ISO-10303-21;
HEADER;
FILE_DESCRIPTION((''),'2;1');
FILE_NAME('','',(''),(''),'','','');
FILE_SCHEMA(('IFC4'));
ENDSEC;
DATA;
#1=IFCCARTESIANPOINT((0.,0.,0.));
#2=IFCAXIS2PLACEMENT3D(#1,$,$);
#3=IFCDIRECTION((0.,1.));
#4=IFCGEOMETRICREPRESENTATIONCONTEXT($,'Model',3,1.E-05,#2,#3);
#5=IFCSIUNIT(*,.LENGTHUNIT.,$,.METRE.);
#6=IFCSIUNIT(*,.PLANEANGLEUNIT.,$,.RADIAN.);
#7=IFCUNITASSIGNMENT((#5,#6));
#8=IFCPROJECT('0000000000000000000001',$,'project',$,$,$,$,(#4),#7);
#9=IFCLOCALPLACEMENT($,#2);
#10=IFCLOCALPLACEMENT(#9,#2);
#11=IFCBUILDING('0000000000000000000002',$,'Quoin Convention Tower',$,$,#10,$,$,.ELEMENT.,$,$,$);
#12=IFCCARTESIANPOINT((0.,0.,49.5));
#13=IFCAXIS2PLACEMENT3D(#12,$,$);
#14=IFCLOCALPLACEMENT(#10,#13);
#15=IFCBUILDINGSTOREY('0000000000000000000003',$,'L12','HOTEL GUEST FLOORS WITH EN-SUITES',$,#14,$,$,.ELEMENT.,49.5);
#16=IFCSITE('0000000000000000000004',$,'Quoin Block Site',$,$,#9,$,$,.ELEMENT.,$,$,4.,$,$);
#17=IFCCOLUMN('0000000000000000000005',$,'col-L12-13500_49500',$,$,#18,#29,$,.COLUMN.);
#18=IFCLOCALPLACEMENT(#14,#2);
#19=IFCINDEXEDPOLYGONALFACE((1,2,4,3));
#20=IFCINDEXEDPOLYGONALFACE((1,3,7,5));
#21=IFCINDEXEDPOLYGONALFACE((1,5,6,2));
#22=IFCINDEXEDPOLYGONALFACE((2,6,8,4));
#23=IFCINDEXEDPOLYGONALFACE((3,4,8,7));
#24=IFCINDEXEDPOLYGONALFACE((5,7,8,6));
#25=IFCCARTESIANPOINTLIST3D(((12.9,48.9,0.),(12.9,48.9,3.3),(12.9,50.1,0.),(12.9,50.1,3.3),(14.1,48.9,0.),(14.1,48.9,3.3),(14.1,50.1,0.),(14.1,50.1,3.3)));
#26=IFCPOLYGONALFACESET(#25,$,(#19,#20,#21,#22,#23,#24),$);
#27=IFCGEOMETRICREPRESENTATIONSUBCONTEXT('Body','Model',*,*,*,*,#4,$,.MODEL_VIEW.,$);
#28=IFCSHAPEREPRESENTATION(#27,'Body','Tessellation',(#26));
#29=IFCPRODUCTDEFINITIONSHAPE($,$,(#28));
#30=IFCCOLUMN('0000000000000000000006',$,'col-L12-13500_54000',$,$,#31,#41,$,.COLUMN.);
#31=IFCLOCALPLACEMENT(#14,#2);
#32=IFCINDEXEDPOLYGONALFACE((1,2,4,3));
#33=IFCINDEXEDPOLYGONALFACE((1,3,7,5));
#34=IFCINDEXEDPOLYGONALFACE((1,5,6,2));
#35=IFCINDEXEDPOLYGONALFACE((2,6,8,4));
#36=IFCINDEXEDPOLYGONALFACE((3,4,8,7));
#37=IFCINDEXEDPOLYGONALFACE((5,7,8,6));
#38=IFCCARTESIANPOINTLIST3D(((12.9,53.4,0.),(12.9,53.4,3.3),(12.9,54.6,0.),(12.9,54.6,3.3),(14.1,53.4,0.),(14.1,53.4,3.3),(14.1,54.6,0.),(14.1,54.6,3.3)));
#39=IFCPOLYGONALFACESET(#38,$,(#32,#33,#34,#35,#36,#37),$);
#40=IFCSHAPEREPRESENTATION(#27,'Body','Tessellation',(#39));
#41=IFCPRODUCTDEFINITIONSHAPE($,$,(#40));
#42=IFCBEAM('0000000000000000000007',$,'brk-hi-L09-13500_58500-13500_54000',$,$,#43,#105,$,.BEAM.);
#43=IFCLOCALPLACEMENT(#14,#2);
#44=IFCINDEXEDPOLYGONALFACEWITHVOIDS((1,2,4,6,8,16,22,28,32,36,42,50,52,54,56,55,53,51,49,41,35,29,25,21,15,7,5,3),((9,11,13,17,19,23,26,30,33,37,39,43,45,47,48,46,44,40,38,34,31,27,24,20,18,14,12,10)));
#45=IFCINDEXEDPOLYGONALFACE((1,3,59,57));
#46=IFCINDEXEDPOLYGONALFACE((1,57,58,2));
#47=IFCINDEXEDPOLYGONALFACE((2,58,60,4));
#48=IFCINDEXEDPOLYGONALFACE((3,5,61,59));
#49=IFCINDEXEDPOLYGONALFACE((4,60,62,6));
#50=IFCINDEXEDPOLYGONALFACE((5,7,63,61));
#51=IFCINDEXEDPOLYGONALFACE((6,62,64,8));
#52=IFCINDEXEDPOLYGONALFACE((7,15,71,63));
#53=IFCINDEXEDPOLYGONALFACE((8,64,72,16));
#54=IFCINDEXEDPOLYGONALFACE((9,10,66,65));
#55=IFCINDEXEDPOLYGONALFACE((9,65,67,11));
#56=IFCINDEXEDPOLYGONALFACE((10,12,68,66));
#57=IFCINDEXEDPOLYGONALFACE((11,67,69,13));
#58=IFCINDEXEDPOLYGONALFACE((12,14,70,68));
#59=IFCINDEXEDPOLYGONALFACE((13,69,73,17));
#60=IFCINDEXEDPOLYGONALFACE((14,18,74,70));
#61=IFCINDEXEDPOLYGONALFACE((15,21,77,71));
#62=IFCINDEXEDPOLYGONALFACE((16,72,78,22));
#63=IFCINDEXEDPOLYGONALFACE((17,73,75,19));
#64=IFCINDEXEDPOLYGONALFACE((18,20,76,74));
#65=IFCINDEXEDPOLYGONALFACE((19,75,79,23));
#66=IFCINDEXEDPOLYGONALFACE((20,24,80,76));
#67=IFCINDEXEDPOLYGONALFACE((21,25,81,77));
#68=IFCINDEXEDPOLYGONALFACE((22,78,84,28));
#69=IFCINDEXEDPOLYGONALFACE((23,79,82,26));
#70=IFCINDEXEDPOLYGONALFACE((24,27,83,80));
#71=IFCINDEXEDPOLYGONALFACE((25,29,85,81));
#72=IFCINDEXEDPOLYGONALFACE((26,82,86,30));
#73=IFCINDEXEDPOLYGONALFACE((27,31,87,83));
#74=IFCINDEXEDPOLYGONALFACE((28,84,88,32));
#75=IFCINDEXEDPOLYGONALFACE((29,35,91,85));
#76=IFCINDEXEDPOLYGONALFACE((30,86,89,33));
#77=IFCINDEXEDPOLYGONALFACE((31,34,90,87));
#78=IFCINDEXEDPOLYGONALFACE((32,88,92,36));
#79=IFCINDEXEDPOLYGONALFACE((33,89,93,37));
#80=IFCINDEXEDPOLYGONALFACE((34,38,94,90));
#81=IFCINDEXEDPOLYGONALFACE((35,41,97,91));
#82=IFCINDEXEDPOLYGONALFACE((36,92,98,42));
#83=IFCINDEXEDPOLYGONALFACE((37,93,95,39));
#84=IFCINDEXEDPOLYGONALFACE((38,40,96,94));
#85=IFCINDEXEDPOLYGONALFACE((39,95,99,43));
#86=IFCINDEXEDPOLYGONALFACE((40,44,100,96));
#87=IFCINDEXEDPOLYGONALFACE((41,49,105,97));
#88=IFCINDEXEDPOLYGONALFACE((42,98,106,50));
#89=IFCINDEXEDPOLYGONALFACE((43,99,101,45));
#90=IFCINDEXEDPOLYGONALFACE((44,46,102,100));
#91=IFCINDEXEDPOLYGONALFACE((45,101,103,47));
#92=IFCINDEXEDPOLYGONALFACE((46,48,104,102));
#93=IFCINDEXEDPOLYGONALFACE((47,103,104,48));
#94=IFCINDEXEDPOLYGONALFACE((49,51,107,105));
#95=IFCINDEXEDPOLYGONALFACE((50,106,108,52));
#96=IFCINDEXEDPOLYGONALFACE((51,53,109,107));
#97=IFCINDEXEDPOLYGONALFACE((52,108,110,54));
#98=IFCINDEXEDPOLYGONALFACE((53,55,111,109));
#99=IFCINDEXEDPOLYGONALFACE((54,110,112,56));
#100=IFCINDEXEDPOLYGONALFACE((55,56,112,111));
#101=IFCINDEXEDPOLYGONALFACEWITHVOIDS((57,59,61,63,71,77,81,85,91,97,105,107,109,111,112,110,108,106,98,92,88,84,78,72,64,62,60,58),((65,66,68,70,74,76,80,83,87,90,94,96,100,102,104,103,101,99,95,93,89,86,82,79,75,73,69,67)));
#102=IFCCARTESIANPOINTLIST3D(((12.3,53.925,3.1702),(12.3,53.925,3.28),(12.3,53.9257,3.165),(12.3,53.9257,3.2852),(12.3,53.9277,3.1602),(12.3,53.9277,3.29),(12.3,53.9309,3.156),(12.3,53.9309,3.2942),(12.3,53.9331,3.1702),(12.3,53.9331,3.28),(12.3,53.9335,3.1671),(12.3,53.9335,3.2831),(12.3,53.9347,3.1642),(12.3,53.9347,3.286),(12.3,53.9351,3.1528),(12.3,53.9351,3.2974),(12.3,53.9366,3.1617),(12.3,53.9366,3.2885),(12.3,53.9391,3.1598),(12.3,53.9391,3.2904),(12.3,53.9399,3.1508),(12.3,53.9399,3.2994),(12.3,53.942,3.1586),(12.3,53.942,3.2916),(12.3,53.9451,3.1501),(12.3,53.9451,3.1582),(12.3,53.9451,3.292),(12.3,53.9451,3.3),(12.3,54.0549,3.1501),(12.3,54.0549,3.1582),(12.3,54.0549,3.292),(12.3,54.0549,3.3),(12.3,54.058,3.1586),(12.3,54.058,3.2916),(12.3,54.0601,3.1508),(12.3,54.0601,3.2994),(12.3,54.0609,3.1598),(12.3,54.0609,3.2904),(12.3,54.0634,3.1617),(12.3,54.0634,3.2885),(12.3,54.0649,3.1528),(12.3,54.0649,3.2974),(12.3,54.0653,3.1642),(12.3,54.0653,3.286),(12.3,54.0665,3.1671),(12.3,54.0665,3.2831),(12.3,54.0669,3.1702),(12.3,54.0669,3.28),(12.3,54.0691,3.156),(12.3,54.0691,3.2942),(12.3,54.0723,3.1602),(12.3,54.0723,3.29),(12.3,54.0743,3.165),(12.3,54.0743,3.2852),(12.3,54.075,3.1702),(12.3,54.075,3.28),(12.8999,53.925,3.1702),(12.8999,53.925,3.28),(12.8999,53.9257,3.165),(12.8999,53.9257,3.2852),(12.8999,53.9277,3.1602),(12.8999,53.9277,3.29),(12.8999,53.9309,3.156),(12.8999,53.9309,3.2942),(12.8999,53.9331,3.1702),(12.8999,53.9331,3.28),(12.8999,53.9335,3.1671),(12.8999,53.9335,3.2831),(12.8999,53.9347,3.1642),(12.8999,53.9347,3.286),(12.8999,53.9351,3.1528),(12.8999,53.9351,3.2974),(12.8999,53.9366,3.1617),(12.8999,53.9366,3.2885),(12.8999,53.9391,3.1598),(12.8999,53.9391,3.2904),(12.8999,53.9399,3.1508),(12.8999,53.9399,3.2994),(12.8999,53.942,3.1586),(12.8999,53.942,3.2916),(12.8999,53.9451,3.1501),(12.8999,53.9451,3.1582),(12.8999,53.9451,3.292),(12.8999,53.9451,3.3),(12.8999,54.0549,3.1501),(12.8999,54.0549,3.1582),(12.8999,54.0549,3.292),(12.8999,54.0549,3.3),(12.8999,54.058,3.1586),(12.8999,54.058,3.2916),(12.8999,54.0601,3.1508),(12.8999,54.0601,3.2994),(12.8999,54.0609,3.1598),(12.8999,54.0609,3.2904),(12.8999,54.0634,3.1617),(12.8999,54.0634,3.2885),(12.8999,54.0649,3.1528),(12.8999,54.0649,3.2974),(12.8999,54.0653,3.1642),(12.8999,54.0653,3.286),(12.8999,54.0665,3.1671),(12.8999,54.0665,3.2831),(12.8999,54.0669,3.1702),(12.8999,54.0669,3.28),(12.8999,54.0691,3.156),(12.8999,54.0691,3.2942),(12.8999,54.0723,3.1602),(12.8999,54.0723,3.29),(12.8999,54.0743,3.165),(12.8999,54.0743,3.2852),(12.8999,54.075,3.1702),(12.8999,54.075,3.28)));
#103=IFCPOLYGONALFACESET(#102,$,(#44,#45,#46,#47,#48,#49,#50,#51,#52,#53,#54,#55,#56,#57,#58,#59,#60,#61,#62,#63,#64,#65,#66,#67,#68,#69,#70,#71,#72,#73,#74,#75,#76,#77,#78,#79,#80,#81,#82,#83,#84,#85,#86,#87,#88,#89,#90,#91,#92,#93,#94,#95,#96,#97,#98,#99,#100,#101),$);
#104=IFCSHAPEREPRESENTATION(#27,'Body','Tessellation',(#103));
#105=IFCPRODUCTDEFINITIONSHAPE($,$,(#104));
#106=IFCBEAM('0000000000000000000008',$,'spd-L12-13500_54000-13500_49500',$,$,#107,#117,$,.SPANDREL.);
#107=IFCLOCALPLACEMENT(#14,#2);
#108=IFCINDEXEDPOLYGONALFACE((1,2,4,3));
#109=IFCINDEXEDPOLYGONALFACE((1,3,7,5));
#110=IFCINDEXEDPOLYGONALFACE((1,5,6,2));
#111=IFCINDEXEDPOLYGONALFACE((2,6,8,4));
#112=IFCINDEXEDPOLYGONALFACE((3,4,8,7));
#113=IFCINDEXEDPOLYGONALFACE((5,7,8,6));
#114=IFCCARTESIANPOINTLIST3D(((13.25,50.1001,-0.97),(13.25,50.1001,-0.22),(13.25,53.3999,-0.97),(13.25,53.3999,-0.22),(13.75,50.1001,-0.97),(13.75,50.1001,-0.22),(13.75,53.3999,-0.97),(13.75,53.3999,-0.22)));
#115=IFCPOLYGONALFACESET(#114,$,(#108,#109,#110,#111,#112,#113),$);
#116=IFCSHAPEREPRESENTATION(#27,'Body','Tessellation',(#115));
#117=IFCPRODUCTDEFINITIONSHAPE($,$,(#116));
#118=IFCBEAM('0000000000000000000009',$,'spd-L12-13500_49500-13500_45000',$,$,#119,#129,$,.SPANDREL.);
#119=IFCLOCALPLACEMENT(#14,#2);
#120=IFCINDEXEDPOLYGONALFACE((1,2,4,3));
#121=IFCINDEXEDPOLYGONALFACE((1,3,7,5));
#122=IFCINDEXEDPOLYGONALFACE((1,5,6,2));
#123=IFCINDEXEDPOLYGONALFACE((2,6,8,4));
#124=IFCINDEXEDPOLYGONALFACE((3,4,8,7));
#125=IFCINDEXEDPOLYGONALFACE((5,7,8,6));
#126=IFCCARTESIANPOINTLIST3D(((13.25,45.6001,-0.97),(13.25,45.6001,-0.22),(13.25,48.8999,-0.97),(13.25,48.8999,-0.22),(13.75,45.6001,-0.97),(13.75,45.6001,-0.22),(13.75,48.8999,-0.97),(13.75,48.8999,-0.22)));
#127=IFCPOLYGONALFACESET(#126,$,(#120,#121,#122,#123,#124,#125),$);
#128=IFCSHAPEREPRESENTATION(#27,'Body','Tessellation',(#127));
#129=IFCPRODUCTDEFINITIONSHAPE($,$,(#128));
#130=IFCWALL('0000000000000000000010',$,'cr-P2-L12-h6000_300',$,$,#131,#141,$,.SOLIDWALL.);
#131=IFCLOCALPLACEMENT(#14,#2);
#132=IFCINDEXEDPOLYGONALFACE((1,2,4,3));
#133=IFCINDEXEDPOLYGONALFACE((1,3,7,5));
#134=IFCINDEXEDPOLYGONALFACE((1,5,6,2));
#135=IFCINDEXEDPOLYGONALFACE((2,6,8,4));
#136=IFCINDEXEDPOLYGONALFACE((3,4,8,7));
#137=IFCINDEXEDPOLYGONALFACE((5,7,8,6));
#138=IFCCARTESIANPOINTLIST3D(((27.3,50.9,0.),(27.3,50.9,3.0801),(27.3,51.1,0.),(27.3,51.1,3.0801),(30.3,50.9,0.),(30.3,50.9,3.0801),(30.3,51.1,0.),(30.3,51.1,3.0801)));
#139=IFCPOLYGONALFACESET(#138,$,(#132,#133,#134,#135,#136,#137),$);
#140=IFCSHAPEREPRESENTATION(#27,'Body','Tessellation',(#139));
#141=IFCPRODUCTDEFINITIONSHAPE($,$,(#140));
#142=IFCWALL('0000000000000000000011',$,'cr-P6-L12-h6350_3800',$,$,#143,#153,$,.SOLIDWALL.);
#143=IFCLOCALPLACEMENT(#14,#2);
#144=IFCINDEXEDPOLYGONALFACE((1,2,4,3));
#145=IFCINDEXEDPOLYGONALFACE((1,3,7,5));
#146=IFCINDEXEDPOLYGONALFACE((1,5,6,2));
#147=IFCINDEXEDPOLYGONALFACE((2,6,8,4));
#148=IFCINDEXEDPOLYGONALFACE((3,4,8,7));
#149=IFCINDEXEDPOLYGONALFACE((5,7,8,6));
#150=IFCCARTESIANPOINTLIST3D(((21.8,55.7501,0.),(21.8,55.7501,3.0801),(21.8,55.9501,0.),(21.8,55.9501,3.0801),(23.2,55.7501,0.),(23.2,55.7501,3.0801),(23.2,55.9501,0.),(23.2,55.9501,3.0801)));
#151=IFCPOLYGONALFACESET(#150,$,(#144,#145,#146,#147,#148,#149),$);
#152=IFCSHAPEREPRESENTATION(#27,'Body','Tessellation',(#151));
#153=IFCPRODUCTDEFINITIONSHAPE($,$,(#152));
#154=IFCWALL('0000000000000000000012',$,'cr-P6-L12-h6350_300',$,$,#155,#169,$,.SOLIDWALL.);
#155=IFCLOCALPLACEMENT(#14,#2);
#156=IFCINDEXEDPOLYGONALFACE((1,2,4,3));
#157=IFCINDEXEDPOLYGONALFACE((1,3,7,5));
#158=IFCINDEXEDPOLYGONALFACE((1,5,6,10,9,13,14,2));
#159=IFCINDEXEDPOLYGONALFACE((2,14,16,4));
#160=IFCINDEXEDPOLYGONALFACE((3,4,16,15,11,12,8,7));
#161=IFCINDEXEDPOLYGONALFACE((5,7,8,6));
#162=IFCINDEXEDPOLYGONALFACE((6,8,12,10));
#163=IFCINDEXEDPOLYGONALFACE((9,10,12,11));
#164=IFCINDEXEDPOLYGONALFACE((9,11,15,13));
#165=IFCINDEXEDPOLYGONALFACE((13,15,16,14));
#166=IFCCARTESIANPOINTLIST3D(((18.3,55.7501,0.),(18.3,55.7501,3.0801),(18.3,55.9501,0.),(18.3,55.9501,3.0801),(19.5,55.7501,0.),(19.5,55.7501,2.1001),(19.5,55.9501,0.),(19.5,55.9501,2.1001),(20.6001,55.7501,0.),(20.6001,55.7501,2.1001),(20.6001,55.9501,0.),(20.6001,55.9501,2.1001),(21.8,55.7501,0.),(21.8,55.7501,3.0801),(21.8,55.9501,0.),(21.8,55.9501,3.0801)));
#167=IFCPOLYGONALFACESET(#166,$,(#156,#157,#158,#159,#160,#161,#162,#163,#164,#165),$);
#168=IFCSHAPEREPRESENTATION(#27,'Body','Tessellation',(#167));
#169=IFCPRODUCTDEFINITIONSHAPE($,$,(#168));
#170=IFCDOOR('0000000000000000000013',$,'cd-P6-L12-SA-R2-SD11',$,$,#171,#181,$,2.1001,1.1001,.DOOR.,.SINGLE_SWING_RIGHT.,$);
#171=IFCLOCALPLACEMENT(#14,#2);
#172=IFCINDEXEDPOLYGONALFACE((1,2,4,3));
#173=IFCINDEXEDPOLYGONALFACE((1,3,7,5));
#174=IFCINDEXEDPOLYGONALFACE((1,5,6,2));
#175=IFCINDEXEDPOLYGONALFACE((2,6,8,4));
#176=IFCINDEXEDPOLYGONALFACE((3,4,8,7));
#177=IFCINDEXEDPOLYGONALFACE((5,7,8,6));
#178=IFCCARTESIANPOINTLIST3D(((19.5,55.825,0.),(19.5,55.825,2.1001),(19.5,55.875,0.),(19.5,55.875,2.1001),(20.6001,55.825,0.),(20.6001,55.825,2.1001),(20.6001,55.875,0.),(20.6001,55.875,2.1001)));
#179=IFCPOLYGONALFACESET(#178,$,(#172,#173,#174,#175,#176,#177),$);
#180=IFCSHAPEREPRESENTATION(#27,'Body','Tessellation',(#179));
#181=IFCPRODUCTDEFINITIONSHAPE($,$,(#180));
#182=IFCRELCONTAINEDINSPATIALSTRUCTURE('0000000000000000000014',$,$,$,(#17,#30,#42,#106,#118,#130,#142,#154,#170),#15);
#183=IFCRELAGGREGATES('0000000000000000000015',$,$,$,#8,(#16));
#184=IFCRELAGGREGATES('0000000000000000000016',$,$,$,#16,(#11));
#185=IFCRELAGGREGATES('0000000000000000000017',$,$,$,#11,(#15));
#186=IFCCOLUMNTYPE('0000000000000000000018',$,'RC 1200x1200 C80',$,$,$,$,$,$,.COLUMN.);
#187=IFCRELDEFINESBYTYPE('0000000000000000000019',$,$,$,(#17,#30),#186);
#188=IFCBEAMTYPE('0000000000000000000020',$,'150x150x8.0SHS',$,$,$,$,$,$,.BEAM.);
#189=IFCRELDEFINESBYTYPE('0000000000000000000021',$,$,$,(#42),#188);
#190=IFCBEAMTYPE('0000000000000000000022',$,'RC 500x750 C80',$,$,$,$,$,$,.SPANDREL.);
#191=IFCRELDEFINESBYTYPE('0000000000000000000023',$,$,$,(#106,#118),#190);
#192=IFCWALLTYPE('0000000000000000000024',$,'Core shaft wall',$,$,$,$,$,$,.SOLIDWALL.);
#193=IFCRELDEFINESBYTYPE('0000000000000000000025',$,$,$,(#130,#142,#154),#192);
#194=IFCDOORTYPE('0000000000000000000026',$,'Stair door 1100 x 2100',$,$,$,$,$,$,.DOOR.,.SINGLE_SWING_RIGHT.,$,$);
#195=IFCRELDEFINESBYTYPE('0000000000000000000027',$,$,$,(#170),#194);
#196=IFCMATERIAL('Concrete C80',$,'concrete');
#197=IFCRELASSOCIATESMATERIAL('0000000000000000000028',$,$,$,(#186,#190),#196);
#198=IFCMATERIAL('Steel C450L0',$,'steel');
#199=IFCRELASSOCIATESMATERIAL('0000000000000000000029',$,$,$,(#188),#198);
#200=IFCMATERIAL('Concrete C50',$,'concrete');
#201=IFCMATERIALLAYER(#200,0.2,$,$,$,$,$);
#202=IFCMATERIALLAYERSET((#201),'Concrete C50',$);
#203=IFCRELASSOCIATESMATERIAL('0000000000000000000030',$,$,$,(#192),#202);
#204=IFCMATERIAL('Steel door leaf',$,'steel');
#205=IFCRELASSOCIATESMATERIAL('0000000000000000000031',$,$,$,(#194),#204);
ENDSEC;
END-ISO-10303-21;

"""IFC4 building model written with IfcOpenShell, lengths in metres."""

from ifc_helpers import new_model, si_unit, direction, frame, frame_2d, origin, origin_2d, place, context, subcontext, project, spatial, rectangle, hollow_rectangle, extrude, material, layer, layer_set, material_profile, profile_set, type_object, element, fill, save


model = new_model("IFC4")

# Units and contexts
model_context = context("Model", 3, precision=1e-05, world=origin(), true_north=direction((0.0, 1.0)))
body_context = subcontext(model_context, "Body", "Model", "MODEL_VIEW")
ifc_project = project(units=[si_unit("LENGTHUNIT", "METRE"), si_unit("PLANEANGLEUNIT", "RADIAN")], contexts=[model_context])

# Site, building, storey
site_placement = place(None, origin())
site = spatial("IfcSite", under=ifc_project, at=site_placement, Name="Quoin Block Site", CompositionType="ELEMENT", RefElevation=4.0)
building_placement = place(site_placement, origin())
building = spatial("IfcBuilding", under=site, at=building_placement, Name="Quoin Convention Tower", CompositionType="ELEMENT")
storey_placement = place(building_placement, frame((0.0, 0.0, 49.5)))
storey = spatial("IfcBuildingStorey", under=building, at=storey_placement, Name="L12", Description="HOTEL GUEST FLOORS WITH EN-SUITES", CompositionType="ELEMENT", Elevation=49.5)

# Columns
ifc_material_1 = material(Name="Concrete C80", Category="concrete")
ifc_material_profile_1 = material_profile(ifc_material_1, rectangle(XDim=1.2, YDim=1.2, at=origin_2d()), Name="RC 1200x1200")
ifc_profile_set_1 = profile_set([ifc_material_profile_1], Name="Concrete C80")
column_type = type_object("IfcColumnType", Name="RC 1200x1200 C80", PredefinedType="COLUMN", material=ifc_profile_set_1)
for number, where, z_axis, x_axis, name in (
    (1, (13.5, 49.5, 0.0), (0.0, 0.0, 1.0), (1.0, 0.0, 0.0), "col-L12-13500_49500"),
    (2, (13.5, 54.0, 0.0), (0.0, 0.0, 1.0), (1.0, 0.0, 0.0), "col-L12-13500_54000"),
):
    element("IfcColumn", number, at=place(storey_placement, frame(where, z_axis=z_axis, x_axis=x_axis)), inside=storey, type_object=column_type, Name=name, PredefinedType="COLUMN", context=body_context, shape_type="SweptSolid", body=[
        extrude(rectangle(XDim=1.2, YDim=1.2, at=origin_2d()), origin(), (0.0, 0.0, 1.0), 3.3),
    ])

# Beams
ifc_material_2 = material(Name="Steel C450L0", Category="steel")
ifc_material_profile_2 = material_profile(ifc_material_2, hollow_rectangle(XDim=0.1499, YDim=0.1499, WallThickness=0.0081, InnerFilletRadius=0.012, OuterFilletRadius=0.02, at=origin_2d()), Name="150x150x8.0SHS")
ifc_profile_set_2 = profile_set([ifc_material_profile_2], Name="Steel C450L0")
beam_type_1 = type_object("IfcBeamType", Name="150x150x8.0SHS", PredefinedType="BEAM", material=ifc_profile_set_2)
beam_placement = place(storey_placement, frame((12.8999, 54.0, 3.2251), z_axis=(-1.0, 0.0, 0.0), x_axis=(0.0, -1.0, 0.0)))
element("IfcBeam", 3, at=beam_placement, inside=storey, type_object=beam_type_1, Name="brk-hi-L09-13500_58500-13500_54000", PredefinedType="BEAM", context=body_context, shape_type="SweptSolid", body=[
    extrude(hollow_rectangle(XDim=0.1499, YDim=0.1499, WallThickness=0.0081, InnerFilletRadius=0.012, OuterFilletRadius=0.02, at=origin_2d()), origin(), (0.0, 0.0, 1.0), 0.5999),
])
ifc_material_profile_3 = material_profile(ifc_material_1, rectangle(XDim=0.5, YDim=0.75, at=origin_2d()), Name="RC 500x750")
ifc_profile_set_3 = profile_set([ifc_material_profile_3], Name="Concrete C80")
beam_type_2 = type_object("IfcBeamType", Name="RC 500x750 C80", PredefinedType="SPANDREL", material=ifc_profile_set_3)
for number, where, z_axis, x_axis, name in (
    (4, (13.5, 53.3999, -0.595), (0.0, -1.0, 0.0), (1.0, 0.0, 0.0), "spd-L12-13500_54000-13500_49500"),
    (5, (13.5, 48.8999, -0.595), (0.0, -1.0, 0.0), (1.0, 0.0, 0.0), "spd-L12-13500_49500-13500_45000"),
):
    element("IfcBeam", number, at=place(storey_placement, frame(where, z_axis=z_axis, x_axis=x_axis)), inside=storey, type_object=beam_type_2, Name=name, PredefinedType="SPANDREL", context=body_context, shape_type="SweptSolid", body=[
        extrude(rectangle(XDim=0.5, YDim=0.75, at=origin_2d()), origin(), (0.0, 0.0, 1.0), 3.2998),
    ])

# Walls
ifc_material_3 = material(Name="Concrete C50", Category="concrete")
ifc_layer_1 = layer(ifc_material_3, 0.2)
ifc_layer_set_1 = layer_set([ifc_layer_1], Name="Concrete C50")
wall_type_1 = type_object("IfcWallType", Name="Core shaft wall", PredefinedType="SOLIDWALL", material=ifc_layer_set_1)
wall_1_placement = place(storey_placement, frame((27.3, 51.0, 0.0), z_axis=(0.0, 0.0, 1.0), x_axis=(1.0, 0.0, 0.0)))
element("IfcWall", 6, at=wall_1_placement, inside=storey, type_object=wall_type_1, Name="cr-P2-L12-h6000_300", PredefinedType="SOLIDWALL", context=body_context, shape_type="SweptSolid", body=[
    extrude(rectangle(XDim=3.0, YDim=0.2, at=frame_2d((1.5, 0.0))), origin(), (0.0, 0.0, 1.0), 3.0801),
])
wall_2_placement = place(storey_placement, frame((21.8, 55.8501, 0.0), z_axis=(0.0, 0.0, 1.0), x_axis=(1.0, 0.0, 0.0)))
element("IfcWall", 7, at=wall_2_placement, inside=storey, type_object=wall_type_1, Name="cr-P6-L12-h6350_3800", PredefinedType="SOLIDWALL", context=body_context, shape_type="SweptSolid", body=[
    extrude(rectangle(XDim=1.3999, YDim=0.2, at=frame_2d((0.7, 0.0))), origin(), (0.0, 0.0, 1.0), 3.0801),
])

# Wall, opening, door
wall_3_placement = place(storey_placement, frame((18.3, 55.8501, 0.0), z_axis=(0.0, 0.0, 1.0), x_axis=(1.0, 0.0, 0.0)))
wall_3 = element("IfcWall", 8, at=wall_3_placement, inside=storey, type_object=wall_type_1, Name="cr-P6-L12-h6350_300", PredefinedType="SOLIDWALL", context=body_context, shape_type="SweptSolid", body=[
    extrude(rectangle(XDim=3.5, YDim=0.2, at=frame_2d((1.75, 0.0))), origin(), (0.0, 0.0, 1.0), 3.0801),
])
opening_1_placement = place(wall_3_placement, frame((1.2, 0.0, 0.0)))
opening_1 = element("IfcOpeningElement", 9, at=opening_1_placement, cuts=wall_3, PredefinedType="OPENING", context=body_context, shape_type="SweptSolid", body=[
    extrude(rectangle(XDim=1.1001, YDim=2.1001, at=frame_2d((0.55, 1.05))), frame((0.0, 0.1099, 0.0), z_axis=(0.0, -1.0, 0.0), x_axis=(1.0, 0.0, 0.0)), (0.0, 0.0, 1.0), 0.22),
])
ifc_material_4 = material(Name="Steel door leaf", Category="steel")
door_type_1 = type_object("IfcDoorType", Name="Stair door 1100 x 2100", OperationType="SINGLE_SWING_RIGHT", PredefinedType="DOOR", material=ifc_material_4)
door_1_placement = place(opening_1_placement, origin())
door_1 = element("IfcDoor", 10, at=door_1_placement, inside=storey, type_object=door_type_1, Name="cd-P6-L12-SA-R2-SD11", OperationType="SINGLE_SWING_RIGHT", OverallHeight=2.1001, OverallWidth=1.1001, PredefinedType="DOOR", context=body_context, shape_type="SweptSolid", body=[
    extrude(rectangle(XDim=1.1001, YDim=2.1001, at=frame_2d((0.55, 1.05))), frame((0.0, 0.0249, 0.0), z_axis=(0.0, -1.0, 0.0), x_axis=(1.0, 0.0, 0.0)), (0.0, 0.0, 1.0), 0.05),
])
fill(opening_1, door_1)

save(model, "model.ifc")
